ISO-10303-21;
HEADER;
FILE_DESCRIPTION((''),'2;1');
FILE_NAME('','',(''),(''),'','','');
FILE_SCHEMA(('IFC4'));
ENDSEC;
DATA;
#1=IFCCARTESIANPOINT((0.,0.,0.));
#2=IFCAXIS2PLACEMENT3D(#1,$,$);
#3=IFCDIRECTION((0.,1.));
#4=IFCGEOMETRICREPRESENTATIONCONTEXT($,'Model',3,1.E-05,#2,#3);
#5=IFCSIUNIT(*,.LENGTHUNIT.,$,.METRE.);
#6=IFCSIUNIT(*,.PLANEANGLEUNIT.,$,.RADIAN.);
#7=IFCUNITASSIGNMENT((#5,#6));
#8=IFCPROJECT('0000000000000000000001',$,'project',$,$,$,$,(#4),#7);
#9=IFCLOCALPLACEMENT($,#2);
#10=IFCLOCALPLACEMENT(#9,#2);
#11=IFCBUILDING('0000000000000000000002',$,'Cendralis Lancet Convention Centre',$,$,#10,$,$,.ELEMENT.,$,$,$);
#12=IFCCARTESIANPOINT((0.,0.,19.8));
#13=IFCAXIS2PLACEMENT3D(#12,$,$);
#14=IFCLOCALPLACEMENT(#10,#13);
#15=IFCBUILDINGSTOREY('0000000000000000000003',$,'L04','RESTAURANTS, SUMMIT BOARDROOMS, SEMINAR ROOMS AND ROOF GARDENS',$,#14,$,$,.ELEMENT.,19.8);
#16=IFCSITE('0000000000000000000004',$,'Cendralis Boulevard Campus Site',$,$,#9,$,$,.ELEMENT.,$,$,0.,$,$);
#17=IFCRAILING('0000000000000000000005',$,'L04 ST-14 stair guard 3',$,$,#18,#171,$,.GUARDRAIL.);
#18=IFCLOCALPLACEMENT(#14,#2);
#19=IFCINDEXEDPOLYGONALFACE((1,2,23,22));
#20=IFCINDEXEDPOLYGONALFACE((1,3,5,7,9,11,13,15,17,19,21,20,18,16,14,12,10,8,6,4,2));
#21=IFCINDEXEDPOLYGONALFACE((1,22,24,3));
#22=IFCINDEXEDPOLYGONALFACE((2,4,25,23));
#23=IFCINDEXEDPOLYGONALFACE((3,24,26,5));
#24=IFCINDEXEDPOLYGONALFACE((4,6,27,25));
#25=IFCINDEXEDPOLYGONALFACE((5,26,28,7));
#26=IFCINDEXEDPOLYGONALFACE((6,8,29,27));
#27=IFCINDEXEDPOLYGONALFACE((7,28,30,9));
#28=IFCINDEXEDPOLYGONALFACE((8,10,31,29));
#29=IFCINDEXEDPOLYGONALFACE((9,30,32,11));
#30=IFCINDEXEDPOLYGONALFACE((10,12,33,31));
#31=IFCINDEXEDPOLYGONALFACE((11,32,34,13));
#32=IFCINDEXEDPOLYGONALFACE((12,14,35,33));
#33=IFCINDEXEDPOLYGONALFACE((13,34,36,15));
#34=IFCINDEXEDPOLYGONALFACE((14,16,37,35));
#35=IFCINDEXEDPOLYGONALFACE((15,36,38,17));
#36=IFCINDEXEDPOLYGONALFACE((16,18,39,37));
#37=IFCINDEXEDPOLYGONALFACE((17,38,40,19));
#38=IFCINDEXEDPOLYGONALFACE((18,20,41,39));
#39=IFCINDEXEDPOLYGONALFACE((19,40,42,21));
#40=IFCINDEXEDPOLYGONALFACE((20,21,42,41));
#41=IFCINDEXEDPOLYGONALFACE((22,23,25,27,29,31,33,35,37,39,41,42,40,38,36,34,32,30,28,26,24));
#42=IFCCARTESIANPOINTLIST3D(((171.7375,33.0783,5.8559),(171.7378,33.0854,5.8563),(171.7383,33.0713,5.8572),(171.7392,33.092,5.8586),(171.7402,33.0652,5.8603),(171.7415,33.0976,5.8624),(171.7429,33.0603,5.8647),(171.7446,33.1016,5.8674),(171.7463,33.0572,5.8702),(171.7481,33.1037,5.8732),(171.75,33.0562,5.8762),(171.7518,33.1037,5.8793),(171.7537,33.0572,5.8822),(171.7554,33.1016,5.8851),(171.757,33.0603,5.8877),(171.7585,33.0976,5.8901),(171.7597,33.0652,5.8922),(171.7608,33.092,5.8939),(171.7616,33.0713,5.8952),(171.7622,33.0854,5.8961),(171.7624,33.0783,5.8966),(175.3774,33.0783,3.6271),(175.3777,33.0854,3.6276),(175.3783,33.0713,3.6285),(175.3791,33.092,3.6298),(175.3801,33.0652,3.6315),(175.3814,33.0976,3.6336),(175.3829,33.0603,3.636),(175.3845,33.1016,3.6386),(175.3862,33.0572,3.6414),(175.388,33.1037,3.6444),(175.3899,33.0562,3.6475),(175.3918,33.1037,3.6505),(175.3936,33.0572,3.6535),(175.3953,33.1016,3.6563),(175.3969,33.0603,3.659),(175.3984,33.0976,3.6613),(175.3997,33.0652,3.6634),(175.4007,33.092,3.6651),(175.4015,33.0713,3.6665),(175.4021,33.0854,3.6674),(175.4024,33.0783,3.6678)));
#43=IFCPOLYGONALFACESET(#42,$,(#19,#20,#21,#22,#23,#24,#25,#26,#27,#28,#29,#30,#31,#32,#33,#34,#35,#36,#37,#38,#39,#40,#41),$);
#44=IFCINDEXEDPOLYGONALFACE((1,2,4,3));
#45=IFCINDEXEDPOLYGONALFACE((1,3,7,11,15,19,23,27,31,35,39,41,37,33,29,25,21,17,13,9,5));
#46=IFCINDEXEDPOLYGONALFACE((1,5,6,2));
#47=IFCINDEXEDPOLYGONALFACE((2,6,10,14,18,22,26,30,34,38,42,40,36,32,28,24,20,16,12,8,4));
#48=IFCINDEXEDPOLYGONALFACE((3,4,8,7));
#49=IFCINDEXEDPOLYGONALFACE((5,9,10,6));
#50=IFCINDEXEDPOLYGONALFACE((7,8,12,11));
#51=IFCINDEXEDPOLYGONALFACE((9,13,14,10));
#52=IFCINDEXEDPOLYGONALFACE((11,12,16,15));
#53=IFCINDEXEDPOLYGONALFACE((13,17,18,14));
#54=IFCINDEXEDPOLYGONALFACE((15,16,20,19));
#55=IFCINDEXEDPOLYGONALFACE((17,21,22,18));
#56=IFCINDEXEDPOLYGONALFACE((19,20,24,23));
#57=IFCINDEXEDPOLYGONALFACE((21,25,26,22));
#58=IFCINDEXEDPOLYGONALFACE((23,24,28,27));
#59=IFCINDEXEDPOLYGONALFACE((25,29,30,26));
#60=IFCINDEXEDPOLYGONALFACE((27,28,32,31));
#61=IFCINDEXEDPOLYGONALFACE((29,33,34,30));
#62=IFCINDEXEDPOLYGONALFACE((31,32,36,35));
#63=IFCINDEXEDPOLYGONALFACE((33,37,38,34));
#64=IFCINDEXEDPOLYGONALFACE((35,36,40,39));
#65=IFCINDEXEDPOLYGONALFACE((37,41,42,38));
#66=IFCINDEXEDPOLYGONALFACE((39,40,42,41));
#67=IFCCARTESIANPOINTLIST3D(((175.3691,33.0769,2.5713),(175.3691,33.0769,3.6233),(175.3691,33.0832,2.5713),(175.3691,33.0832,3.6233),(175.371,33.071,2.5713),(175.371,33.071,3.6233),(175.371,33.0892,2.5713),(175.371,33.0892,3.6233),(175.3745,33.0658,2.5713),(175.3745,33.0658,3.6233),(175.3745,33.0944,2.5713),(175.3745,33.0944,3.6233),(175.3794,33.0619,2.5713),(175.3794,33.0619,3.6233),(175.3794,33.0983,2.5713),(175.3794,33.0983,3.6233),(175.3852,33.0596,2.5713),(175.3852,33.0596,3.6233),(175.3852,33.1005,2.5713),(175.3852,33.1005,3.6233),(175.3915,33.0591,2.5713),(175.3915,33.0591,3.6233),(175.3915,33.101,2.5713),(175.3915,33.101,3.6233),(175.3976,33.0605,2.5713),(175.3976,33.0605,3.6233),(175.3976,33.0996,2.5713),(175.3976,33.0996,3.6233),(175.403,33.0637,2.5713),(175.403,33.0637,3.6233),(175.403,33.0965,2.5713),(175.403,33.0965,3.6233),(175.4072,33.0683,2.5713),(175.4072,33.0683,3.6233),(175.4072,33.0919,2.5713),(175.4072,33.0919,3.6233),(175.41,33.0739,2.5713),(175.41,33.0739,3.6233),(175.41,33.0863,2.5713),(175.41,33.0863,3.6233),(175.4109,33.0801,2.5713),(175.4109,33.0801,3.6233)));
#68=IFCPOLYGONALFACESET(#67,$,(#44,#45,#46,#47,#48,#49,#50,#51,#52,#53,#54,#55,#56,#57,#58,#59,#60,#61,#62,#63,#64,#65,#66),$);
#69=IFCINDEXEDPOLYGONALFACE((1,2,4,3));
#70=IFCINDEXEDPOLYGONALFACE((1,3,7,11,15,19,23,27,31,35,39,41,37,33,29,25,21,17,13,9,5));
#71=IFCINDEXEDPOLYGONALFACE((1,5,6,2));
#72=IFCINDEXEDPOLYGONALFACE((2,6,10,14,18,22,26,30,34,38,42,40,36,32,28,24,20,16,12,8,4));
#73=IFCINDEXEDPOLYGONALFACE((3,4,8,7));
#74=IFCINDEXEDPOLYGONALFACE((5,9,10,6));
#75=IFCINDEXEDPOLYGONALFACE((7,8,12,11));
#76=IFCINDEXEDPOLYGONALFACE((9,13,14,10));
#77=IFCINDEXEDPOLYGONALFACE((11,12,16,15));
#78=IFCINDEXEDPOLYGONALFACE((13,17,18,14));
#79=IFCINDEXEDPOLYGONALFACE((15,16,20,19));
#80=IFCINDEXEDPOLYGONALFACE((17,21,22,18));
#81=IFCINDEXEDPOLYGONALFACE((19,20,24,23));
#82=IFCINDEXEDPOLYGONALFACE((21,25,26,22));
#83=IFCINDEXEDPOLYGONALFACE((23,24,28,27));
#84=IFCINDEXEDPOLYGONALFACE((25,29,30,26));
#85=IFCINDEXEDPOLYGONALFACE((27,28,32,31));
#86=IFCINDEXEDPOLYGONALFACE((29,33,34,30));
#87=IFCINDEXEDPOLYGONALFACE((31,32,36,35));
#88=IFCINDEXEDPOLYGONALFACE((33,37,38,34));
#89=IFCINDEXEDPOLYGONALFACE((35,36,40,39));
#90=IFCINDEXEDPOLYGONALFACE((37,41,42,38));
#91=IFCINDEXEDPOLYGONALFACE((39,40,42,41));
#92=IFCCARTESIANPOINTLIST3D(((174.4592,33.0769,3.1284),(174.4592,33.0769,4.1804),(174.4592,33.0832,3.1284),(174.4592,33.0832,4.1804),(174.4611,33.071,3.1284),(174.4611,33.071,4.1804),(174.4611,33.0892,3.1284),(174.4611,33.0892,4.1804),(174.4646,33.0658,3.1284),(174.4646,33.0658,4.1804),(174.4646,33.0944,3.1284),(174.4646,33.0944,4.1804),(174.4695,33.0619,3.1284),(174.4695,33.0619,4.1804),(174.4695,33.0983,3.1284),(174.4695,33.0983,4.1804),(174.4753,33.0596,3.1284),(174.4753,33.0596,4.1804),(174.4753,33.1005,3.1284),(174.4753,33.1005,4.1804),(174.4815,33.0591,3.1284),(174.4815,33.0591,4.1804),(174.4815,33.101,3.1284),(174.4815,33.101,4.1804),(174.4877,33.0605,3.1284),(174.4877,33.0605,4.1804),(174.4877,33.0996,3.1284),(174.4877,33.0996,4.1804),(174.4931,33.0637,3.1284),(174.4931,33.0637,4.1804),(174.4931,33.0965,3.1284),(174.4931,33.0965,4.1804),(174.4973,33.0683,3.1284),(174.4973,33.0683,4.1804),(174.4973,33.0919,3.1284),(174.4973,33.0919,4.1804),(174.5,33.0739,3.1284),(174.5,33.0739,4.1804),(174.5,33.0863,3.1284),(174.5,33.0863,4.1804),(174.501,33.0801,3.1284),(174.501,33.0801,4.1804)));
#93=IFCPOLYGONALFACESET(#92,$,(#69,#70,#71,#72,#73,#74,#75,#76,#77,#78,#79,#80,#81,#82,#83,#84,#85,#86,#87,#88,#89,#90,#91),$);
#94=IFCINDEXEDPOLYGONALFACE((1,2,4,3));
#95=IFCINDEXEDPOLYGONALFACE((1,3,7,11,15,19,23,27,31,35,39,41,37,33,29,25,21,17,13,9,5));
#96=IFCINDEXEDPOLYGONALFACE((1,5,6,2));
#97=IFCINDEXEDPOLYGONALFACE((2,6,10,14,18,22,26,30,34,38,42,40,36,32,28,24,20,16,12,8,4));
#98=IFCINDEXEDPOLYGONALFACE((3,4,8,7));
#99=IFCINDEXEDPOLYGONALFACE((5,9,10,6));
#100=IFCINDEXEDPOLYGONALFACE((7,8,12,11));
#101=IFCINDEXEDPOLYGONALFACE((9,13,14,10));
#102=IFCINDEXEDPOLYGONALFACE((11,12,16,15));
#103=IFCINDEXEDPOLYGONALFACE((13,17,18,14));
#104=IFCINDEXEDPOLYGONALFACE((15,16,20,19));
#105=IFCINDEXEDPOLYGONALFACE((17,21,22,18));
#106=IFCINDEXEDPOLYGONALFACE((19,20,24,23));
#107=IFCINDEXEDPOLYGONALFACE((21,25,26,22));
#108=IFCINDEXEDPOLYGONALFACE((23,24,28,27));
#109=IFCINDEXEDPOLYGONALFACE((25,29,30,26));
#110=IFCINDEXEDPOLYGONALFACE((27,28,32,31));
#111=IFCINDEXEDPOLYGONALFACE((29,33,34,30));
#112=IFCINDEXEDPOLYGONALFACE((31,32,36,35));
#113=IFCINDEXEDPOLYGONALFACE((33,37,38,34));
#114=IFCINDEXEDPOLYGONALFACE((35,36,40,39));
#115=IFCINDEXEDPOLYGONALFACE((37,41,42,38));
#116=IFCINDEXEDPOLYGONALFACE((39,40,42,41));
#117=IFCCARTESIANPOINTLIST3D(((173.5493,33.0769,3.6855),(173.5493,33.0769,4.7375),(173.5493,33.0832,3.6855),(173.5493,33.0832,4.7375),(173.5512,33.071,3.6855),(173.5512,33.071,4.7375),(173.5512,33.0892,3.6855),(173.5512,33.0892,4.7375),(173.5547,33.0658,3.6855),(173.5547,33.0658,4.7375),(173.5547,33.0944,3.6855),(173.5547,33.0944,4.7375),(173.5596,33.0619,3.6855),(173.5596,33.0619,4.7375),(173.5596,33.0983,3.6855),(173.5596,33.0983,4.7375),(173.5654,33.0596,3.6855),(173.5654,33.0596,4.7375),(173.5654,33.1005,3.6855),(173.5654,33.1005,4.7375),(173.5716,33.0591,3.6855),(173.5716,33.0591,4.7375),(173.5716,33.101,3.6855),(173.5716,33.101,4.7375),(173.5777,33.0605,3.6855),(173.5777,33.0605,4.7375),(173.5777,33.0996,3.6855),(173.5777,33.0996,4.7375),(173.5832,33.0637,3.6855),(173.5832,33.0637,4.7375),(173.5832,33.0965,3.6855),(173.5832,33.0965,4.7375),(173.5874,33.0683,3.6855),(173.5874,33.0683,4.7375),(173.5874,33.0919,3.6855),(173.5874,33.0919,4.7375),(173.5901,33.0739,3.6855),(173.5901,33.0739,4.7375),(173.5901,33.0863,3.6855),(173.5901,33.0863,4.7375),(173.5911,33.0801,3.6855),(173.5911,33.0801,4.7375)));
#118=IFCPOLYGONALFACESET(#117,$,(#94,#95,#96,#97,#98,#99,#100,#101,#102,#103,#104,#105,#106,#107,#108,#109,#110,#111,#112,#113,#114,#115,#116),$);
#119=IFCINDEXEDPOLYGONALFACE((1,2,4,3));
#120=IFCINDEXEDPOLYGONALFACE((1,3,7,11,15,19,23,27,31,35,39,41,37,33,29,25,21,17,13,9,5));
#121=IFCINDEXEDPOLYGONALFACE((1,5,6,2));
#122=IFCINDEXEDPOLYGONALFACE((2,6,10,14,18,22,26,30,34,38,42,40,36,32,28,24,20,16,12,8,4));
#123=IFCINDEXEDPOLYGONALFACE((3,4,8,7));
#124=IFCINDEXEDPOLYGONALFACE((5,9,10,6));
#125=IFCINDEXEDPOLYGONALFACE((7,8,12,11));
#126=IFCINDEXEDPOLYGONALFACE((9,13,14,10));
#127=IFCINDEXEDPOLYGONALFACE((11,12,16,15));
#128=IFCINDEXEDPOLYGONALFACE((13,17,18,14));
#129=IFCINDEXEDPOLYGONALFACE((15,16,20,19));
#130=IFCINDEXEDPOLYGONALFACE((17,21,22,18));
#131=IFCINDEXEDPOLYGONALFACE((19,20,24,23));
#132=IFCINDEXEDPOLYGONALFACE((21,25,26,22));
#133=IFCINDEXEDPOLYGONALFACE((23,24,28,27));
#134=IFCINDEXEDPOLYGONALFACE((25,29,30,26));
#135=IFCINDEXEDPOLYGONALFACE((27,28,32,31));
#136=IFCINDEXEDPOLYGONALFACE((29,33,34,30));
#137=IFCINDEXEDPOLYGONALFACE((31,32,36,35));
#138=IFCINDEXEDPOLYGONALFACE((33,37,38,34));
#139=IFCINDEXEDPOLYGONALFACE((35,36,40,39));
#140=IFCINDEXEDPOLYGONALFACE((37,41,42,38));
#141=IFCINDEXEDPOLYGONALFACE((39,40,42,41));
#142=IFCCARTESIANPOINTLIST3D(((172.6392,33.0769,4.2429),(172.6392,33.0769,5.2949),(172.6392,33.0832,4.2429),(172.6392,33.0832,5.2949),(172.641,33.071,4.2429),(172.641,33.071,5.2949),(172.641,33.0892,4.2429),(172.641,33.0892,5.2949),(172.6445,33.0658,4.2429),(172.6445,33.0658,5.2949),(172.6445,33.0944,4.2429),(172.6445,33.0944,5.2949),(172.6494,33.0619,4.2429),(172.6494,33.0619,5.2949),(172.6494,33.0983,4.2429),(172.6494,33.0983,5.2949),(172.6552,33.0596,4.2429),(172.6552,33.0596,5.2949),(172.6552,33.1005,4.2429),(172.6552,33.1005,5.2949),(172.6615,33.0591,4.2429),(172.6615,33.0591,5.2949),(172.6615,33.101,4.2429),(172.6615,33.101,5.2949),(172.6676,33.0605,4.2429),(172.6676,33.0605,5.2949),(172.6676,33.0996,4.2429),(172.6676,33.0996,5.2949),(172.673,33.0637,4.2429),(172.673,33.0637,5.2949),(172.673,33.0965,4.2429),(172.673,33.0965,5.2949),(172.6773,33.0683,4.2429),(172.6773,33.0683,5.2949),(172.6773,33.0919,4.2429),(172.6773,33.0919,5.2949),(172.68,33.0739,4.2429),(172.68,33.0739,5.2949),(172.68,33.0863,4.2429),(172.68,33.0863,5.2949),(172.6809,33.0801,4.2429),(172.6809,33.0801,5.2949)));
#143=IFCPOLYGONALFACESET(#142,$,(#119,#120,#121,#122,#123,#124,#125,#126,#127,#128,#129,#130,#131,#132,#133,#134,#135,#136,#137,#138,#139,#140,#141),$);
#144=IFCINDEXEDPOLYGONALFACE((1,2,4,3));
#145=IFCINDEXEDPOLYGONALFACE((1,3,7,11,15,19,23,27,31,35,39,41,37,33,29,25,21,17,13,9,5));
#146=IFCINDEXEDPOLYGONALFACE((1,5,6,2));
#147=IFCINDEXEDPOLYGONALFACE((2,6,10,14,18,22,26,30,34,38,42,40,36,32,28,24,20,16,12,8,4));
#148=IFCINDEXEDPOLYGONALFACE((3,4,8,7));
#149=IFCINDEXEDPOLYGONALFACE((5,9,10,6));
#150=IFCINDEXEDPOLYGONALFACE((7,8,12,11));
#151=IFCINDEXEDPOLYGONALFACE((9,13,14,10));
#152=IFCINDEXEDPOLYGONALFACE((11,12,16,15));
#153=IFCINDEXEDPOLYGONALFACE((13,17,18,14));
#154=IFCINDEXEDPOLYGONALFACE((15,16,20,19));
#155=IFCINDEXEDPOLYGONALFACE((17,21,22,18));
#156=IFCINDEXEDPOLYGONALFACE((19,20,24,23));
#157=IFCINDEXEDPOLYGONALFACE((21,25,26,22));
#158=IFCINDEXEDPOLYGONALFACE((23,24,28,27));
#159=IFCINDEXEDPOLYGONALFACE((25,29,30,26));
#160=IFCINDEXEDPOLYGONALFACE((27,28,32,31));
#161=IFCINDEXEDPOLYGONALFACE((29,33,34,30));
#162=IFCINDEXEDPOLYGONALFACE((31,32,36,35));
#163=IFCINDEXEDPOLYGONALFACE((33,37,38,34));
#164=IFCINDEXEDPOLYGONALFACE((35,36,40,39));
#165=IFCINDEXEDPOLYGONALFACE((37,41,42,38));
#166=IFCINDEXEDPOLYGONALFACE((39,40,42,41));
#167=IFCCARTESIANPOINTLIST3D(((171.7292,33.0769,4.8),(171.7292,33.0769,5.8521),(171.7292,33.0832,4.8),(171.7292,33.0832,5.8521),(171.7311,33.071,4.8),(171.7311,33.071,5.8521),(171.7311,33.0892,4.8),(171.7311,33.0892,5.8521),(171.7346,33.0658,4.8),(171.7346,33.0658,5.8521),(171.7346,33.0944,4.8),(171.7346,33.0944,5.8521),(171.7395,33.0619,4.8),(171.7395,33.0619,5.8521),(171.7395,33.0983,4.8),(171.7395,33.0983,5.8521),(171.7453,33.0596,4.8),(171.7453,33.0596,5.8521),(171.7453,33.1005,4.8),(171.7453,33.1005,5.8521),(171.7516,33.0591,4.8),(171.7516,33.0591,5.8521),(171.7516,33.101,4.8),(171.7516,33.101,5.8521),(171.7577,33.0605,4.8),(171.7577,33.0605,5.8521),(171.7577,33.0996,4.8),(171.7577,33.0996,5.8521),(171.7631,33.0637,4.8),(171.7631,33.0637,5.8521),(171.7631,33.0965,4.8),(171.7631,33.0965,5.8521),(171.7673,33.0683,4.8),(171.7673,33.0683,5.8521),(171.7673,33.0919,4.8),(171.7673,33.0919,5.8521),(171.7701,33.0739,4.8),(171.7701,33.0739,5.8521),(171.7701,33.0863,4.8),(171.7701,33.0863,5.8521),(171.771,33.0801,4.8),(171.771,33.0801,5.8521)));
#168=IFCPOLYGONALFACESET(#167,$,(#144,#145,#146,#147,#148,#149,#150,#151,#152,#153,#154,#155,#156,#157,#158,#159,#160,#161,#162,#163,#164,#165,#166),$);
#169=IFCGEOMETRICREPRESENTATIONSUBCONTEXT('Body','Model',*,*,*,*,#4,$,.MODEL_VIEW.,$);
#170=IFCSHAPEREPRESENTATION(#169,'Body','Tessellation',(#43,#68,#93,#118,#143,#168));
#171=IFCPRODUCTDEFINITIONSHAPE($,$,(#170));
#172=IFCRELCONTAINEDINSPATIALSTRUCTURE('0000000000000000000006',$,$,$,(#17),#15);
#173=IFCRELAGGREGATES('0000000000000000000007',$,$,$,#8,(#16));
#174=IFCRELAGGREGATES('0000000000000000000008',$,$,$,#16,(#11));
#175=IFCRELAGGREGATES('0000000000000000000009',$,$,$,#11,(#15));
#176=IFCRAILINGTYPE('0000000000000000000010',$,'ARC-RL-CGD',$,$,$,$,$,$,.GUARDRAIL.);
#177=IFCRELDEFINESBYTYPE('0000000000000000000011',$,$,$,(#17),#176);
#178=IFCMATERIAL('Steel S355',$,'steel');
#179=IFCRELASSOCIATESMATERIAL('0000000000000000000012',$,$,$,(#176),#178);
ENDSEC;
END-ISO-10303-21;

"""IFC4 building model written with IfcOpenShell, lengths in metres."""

from ifc_helpers import new_model, si_unit, direction, frame, origin, origin_2d, place, context, subcontext, project, spatial, circle, extrude, material, type_object, element, save


model = new_model("IFC4")

# Units and contexts
model_context = context("Model", 3, precision=1e-05, world=origin(), true_north=direction((0.0, 1.0)))
body_context = subcontext(model_context, "Body", "Model", "MODEL_VIEW")
ifc_project = project(units=[si_unit("LENGTHUNIT", "METRE"), si_unit("PLANEANGLEUNIT", "RADIAN")], contexts=[model_context])

# Site, building, storey
site_placement = place(None, origin())
site = spatial("IfcSite", under=ifc_project, at=site_placement, Name="Cendralis Boulevard Campus Site", CompositionType="ELEMENT", RefElevation=0.0)
building_placement = place(site_placement, origin())
building = spatial("IfcBuilding", under=site, at=building_placement, Name="Cendralis Lancet Convention Centre", CompositionType="ELEMENT")
storey_placement = place(building_placement, frame((0.0, 0.0, 19.8)))
storey = spatial("IfcBuildingStorey", under=building, at=storey_placement, Name="L04", Description="RESTAURANTS, SUMMIT BOARDROOMS, SEMINAR ROOMS AND ROOF GARDENS", CompositionType="ELEMENT", Elevation=19.8)

# Railing
ifc_material_1 = material(Name="Steel S355", Category="steel")
railing_type_1 = type_object("IfcRailingType", Name="ARC-RL-CGD", PredefinedType="GUARDRAIL", material=ifc_material_1)
railing_1_placement = place(storey_placement, frame((175.3899, 33.0801, 2.5713)))
element("IfcRailing", 1, at=railing_1_placement, inside=storey, type_object=railing_type_1, Name="L04 ST-14 stair guard 3", PredefinedType="GUARDRAIL", context=body_context, shape_type="SweptSolid", body=[
    extrude(circle(Radius=0.0239, at=origin_2d()), frame((0.0, 0.0, 1.0762), z_axis=(-0.852825, 0.0, 0.522197), x_axis=(0.0, -1.0, 0.0)), (0.0, 0.0, 1.0), 4.2681),
    extrude(circle(Radius=0.021, at=origin_2d()), origin(), (0.0, 0.0, 1.0), 1.052),
    extrude(circle(Radius=0.021, at=origin_2d()), frame((-0.9099, 0.0, 0.5571)), (0.0, 0.0, 1.0), 1.052),
    extrude(circle(Radius=0.021, at=origin_2d()), frame((-1.8198, 0.0, 1.1143)), (0.0, 0.0, 1.0), 1.052),
    extrude(circle(Radius=0.021, at=origin_2d()), frame((-2.73, 0.0, 1.6716)), (0.0, 0.0, 1.0), 1.052),
    extrude(circle(Radius=0.021, at=origin_2d()), frame((-3.6399, 0.0, 2.2288)), (0.0, 0.0, 1.0), 1.052),
])

save(model, "model.ifc")
